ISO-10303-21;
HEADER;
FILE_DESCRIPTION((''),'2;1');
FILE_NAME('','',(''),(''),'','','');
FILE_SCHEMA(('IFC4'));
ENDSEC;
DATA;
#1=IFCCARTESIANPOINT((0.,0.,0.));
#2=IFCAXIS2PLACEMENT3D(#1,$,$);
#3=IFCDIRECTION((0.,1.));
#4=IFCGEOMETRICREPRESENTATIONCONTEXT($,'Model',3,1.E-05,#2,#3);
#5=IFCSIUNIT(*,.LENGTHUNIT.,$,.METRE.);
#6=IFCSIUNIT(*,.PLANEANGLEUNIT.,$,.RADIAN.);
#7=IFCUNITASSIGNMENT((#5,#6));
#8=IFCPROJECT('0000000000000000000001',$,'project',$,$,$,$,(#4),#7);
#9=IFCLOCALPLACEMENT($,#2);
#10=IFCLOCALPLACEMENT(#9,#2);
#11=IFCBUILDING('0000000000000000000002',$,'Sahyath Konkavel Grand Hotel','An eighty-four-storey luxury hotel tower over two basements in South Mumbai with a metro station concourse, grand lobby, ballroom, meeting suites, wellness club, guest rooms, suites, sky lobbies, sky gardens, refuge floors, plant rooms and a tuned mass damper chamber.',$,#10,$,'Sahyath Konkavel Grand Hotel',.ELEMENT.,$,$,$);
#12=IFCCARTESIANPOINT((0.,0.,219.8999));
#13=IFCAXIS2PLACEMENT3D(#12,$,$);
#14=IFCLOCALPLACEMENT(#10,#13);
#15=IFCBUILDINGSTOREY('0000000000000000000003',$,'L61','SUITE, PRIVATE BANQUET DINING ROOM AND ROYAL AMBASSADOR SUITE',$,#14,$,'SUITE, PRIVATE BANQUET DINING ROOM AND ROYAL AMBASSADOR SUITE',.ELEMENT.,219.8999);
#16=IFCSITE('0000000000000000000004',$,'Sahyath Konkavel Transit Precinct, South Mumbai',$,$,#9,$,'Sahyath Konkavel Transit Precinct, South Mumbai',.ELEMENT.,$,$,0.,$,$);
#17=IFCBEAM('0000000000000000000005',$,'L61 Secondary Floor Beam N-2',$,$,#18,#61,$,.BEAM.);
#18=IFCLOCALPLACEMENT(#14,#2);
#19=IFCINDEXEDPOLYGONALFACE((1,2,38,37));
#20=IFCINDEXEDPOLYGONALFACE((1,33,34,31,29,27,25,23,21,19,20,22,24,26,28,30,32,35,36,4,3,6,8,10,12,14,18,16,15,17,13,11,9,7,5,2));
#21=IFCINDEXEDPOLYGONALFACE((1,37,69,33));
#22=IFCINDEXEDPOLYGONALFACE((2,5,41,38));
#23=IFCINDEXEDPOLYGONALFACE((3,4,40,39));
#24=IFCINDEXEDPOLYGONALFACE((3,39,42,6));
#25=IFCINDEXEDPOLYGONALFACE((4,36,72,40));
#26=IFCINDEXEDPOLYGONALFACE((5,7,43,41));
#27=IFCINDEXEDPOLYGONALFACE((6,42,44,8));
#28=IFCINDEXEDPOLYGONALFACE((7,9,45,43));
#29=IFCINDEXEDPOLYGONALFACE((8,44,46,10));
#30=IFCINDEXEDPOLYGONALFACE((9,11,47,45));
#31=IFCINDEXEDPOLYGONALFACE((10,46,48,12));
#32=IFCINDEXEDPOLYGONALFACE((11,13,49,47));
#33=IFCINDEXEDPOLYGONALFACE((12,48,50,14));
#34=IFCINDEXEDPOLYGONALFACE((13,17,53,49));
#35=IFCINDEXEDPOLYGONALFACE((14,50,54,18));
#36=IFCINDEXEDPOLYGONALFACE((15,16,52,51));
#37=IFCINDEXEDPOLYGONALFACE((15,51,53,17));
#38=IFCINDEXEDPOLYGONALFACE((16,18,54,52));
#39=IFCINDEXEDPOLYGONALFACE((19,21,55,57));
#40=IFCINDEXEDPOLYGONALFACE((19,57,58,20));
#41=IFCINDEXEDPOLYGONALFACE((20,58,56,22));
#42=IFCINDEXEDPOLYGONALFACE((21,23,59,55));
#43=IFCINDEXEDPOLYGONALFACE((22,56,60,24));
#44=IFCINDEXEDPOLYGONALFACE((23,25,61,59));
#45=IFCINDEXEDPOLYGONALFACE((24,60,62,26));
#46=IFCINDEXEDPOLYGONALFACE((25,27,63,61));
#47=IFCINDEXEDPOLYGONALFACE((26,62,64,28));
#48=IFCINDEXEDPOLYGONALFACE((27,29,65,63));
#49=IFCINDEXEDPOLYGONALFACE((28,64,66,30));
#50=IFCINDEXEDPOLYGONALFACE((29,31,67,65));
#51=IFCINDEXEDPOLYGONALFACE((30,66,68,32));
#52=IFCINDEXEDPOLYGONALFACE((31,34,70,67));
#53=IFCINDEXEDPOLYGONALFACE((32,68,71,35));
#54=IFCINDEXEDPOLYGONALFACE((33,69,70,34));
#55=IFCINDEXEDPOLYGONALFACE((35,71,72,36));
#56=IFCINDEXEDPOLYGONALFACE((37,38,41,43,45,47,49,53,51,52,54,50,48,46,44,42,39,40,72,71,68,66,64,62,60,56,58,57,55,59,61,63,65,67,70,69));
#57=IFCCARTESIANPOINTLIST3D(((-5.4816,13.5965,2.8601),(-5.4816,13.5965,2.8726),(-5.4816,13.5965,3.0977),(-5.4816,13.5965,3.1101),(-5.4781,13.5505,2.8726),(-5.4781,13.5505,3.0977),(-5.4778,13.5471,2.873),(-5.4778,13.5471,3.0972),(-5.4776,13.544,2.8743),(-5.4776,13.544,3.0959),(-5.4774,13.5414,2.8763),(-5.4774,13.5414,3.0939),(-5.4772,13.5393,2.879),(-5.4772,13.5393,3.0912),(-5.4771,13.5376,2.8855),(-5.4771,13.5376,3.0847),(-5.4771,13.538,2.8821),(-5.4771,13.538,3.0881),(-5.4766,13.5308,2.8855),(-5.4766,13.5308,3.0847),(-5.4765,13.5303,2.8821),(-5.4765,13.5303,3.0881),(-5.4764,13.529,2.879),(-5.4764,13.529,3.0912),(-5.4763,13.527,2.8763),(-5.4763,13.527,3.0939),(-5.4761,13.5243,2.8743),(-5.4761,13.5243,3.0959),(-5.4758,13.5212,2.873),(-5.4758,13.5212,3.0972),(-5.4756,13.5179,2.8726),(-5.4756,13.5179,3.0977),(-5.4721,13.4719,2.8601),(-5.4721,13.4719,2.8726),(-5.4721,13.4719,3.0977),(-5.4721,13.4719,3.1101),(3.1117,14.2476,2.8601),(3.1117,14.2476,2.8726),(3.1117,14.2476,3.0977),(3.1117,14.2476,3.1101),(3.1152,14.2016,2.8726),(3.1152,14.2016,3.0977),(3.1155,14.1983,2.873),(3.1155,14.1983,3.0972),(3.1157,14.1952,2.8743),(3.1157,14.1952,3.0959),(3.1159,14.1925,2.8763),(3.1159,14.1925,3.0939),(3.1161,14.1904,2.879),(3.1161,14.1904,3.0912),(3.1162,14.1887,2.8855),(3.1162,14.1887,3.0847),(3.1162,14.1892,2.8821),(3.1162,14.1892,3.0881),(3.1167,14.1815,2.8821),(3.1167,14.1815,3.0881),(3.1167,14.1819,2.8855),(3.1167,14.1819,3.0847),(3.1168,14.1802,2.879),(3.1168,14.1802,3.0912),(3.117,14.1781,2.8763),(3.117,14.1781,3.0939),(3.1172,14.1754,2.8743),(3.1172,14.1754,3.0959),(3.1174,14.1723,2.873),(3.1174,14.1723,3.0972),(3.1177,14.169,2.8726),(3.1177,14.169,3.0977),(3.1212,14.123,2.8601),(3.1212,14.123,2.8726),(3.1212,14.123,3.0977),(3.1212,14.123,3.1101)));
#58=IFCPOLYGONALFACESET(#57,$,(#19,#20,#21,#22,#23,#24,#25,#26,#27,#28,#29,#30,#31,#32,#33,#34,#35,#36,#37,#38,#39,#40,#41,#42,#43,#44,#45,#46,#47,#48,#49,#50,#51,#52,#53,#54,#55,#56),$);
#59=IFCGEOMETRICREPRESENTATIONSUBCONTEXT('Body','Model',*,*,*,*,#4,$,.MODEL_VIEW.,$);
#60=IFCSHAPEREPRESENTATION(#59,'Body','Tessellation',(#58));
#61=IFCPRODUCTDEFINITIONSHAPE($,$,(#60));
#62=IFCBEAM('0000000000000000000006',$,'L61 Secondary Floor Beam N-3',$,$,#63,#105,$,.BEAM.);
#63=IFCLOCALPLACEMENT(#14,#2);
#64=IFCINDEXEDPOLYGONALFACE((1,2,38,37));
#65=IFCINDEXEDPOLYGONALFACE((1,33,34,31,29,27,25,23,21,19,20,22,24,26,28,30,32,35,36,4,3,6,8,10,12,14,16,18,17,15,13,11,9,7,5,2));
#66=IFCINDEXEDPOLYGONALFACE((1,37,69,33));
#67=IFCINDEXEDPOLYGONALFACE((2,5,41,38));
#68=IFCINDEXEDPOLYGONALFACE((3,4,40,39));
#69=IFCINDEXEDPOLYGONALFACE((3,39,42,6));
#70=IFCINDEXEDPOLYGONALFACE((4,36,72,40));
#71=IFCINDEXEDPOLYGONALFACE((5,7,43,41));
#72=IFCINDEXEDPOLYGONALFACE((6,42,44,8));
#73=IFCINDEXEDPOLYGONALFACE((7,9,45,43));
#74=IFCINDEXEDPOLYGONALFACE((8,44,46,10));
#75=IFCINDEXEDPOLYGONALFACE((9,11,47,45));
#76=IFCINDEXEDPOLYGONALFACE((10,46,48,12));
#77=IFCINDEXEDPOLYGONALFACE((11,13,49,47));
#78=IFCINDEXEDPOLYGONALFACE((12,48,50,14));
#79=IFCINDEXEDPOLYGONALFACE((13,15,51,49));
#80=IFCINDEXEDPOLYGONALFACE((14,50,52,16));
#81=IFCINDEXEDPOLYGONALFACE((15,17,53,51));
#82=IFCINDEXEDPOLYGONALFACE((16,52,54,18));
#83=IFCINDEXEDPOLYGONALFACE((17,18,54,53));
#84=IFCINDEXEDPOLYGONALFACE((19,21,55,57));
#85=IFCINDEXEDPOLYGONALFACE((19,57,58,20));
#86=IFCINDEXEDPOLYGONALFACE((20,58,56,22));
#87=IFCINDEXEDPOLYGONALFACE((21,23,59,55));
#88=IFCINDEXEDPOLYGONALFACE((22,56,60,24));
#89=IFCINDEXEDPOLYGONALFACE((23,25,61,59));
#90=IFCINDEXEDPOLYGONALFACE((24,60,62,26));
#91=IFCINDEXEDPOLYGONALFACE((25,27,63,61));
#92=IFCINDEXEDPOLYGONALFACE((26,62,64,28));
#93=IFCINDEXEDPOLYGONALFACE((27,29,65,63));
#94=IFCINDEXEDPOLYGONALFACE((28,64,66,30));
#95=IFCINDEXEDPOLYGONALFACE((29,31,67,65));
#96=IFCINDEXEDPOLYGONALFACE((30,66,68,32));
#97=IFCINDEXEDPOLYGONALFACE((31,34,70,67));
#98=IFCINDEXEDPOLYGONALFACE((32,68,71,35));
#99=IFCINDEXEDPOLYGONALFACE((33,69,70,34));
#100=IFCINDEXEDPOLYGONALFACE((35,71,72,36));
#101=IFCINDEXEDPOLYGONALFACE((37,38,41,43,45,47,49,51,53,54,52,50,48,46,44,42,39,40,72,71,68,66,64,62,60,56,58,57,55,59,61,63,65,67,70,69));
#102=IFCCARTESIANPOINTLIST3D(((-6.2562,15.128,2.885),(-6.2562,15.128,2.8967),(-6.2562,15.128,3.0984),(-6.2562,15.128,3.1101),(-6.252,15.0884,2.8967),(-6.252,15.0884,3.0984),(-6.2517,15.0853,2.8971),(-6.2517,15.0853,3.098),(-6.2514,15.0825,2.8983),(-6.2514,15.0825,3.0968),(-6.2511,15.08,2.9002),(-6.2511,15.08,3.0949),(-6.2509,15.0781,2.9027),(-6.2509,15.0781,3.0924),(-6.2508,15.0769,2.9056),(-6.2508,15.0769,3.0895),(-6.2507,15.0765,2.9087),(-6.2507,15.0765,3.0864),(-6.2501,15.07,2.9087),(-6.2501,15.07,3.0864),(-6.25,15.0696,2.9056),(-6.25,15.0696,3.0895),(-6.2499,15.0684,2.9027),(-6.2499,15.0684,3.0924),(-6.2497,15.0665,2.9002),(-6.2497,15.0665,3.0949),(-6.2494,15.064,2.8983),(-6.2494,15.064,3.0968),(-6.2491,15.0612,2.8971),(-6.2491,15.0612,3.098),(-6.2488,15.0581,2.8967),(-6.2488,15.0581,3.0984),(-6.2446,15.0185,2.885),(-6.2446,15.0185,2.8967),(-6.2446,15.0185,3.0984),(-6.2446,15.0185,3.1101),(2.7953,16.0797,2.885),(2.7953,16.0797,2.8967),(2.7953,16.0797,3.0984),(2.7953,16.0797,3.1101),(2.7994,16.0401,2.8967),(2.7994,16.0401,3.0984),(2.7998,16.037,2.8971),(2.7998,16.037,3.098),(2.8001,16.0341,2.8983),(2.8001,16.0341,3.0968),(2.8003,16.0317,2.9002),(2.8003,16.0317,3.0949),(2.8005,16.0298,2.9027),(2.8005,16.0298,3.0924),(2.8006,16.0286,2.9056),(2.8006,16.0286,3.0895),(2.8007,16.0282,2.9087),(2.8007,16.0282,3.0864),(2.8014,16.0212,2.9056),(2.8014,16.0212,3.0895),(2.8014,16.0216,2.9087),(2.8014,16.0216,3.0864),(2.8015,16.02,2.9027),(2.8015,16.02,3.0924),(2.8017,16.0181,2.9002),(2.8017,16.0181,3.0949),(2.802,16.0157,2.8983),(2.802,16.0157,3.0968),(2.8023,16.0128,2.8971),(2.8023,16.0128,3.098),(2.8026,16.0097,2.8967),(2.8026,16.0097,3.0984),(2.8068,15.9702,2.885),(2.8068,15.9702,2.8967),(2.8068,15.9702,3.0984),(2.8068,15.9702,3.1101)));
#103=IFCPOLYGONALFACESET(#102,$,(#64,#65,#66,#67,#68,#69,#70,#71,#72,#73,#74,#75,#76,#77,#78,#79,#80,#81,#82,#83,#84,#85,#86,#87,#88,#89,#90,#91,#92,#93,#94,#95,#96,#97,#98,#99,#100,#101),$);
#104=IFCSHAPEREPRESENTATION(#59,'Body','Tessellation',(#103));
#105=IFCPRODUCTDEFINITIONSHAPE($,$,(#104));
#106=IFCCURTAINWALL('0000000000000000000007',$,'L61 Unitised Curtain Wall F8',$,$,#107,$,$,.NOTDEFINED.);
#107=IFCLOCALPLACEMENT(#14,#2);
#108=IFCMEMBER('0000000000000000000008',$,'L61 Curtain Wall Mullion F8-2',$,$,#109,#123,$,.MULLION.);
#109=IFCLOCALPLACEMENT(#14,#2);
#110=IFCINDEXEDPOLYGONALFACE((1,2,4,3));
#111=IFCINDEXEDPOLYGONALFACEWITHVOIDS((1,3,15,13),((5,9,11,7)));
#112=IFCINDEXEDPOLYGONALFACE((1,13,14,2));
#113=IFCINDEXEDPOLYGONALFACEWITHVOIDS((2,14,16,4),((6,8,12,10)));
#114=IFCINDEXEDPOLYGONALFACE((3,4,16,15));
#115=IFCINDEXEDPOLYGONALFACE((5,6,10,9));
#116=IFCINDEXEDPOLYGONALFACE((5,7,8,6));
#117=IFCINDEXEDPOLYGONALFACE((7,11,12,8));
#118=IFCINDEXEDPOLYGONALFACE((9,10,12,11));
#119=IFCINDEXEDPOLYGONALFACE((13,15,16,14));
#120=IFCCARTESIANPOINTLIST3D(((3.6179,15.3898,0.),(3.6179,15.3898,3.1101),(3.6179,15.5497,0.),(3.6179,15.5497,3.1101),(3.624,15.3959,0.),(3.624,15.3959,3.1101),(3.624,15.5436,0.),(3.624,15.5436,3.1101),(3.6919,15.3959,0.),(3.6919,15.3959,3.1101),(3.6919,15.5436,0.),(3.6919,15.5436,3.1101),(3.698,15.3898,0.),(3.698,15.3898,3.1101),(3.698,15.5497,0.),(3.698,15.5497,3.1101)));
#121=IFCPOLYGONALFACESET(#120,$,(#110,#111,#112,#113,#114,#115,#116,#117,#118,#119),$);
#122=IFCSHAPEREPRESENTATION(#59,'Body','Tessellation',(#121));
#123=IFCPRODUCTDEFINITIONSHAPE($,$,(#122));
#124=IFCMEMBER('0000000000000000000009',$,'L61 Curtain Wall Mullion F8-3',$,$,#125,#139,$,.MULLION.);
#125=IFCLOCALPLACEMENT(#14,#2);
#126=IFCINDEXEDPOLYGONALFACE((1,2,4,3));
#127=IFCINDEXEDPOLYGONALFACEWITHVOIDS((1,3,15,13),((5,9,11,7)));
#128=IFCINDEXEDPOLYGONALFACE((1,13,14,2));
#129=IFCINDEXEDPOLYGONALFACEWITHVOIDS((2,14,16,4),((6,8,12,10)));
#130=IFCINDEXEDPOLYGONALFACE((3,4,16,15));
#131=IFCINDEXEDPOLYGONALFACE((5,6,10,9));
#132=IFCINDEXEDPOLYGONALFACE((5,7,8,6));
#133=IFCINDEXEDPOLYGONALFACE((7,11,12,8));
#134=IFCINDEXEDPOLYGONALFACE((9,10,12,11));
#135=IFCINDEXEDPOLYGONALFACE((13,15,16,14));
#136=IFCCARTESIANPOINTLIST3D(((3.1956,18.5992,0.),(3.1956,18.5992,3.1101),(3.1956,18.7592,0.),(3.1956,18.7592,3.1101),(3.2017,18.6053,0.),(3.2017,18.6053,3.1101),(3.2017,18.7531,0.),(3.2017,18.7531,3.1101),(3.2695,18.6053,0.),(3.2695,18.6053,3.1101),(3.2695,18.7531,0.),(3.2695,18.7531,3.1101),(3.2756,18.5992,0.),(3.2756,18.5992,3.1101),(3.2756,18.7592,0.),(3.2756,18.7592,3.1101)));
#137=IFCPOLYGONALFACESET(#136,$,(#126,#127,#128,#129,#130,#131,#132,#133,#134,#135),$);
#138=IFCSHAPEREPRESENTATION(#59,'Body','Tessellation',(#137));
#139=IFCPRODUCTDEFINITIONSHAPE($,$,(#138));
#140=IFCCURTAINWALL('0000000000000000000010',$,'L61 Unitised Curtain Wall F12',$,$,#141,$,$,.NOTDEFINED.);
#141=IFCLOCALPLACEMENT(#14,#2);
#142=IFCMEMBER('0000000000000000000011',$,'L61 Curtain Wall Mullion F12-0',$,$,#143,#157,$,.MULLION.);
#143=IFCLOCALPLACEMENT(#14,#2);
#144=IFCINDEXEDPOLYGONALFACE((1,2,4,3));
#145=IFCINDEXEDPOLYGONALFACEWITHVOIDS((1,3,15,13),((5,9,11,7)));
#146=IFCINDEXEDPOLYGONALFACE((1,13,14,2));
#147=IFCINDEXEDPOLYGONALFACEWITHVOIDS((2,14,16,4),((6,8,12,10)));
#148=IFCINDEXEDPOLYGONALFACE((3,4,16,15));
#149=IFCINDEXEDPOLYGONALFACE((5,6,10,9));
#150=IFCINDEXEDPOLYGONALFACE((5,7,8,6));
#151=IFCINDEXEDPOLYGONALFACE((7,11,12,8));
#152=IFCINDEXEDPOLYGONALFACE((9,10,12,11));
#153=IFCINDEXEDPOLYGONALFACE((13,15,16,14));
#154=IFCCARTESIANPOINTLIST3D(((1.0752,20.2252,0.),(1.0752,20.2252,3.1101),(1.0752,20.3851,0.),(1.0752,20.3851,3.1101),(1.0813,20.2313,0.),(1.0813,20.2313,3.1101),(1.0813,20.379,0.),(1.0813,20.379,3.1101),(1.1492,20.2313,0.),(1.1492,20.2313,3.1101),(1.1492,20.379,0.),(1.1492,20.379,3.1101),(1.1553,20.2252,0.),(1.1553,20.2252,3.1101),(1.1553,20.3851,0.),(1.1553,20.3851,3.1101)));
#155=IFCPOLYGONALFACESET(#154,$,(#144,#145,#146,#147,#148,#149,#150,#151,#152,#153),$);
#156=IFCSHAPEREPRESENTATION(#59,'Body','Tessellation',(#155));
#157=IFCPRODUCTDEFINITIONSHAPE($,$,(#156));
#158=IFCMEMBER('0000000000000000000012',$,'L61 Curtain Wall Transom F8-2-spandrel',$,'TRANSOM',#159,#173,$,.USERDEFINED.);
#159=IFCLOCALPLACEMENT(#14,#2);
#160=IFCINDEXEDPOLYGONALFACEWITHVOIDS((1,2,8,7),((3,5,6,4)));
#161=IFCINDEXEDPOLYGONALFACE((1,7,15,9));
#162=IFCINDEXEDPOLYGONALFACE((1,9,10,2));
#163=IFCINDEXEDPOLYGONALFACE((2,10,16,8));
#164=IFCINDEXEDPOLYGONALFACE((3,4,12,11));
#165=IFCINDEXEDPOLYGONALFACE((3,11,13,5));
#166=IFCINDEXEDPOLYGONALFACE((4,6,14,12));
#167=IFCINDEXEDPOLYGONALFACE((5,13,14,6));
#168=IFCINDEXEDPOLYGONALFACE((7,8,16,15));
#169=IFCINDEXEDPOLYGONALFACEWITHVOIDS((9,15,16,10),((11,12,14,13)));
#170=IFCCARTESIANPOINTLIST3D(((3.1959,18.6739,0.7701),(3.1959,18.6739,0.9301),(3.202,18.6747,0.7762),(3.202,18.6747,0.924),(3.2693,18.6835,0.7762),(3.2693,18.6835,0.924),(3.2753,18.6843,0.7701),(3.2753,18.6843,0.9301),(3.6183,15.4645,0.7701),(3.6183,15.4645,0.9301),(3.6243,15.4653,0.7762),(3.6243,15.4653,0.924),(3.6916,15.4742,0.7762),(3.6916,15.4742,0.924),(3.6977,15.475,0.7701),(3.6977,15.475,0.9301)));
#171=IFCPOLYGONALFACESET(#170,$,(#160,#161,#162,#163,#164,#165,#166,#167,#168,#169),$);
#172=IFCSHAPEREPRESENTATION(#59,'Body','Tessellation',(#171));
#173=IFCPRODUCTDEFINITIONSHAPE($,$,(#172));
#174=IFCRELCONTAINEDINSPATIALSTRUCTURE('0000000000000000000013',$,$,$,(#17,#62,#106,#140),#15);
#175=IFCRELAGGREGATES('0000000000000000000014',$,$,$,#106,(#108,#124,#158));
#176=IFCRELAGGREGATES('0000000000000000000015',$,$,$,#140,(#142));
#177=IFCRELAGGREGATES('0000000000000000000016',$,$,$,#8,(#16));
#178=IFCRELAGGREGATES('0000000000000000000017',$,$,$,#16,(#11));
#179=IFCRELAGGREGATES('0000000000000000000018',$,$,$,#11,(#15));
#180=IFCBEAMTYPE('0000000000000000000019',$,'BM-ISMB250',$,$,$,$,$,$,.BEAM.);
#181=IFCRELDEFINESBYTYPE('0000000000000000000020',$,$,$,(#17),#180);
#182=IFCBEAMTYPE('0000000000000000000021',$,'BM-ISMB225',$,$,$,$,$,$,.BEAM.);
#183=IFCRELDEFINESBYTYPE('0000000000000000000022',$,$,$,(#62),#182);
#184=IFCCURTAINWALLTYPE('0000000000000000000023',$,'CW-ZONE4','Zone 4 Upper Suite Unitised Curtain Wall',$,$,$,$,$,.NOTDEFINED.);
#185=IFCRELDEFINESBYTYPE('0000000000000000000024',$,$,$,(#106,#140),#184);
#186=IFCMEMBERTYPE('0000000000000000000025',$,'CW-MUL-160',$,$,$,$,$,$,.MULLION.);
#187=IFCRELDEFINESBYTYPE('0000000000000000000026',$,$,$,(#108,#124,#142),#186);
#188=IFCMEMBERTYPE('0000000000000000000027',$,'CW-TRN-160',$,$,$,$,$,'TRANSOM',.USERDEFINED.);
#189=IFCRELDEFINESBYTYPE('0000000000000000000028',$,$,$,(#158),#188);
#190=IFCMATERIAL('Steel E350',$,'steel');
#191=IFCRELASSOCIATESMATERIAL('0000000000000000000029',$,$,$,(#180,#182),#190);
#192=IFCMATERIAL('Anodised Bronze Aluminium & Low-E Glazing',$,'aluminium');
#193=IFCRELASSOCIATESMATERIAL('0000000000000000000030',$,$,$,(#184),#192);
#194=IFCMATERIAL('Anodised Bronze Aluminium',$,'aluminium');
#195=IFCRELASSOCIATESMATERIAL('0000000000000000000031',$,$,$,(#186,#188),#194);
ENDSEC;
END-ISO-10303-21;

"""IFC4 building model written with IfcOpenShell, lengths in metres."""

from ifc_helpers import new_model, si_unit, direction, frame, origin, origin_2d, place, context, subcontext, project, spatial, hollow_rectangle, i_section, extrude, source, transform, mapped, material, material_profile, profile_set, type_object, element, aggregate, save


model = new_model("IFC4")

# Units and contexts
model_context = context("Model", 3, precision=1e-05, world=origin(), true_north=direction((0.0, 1.0)))
body_context = subcontext(model_context, "Body", "Model", "MODEL_VIEW")
ifc_project = project(units=[si_unit("LENGTHUNIT", "METRE"), si_unit("PLANEANGLEUNIT", "RADIAN")], contexts=[model_context])

# Site, building, storey
site_placement = place(None, origin())
site = spatial("IfcSite", under=ifc_project, at=site_placement, Name="Sahyath Konkavel Transit Precinct, South Mumbai", LongName="Sahyath Konkavel Transit Precinct, South Mumbai", CompositionType="ELEMENT", RefElevation=0.0)
building_placement = place(site_placement, origin())
building = spatial("IfcBuilding", under=site, at=building_placement, Name="Sahyath Konkavel Grand Hotel", Description="An eighty-four-storey luxury hotel tower over two basements in South Mumbai with a metro station concourse, grand lobby, ballroom, meeting suites, wellness club, guest rooms, suites, sky lobbies, sky gardens, refuge floors, plant rooms and a tuned mass damper chamber.", LongName="Sahyath Konkavel Grand Hotel", CompositionType="ELEMENT")
storey_placement = place(building_placement, frame((0.0, 0.0, 219.8999)))
storey = spatial("IfcBuildingStorey", under=building, at=storey_placement, Name="L61", Description="SUITE, PRIVATE BANQUET DINING ROOM AND ROYAL AMBASSADOR SUITE", LongName="SUITE, PRIVATE BANQUET DINING ROOM AND ROYAL AMBASSADOR SUITE", CompositionType="ELEMENT", Elevation=219.8999)

# Beams
ifc_material_1 = material(Name="Steel E350", Category="steel")
ifc_material_profile_1 = material_profile(ifc_material_1, i_section(OverallWidth=0.125, OverallDepth=0.25, WebThickness=0.0068, FlangeThickness=0.0125, FilletRadius=0.0129, at=origin_2d()), Name="ISMB 250")
ifc_profile_set_1 = profile_set([ifc_material_profile_1], Name="Steel E350")
beam_type_1 = type_object("IfcBeamType", Name="BM-ISMB250", PredefinedType="BEAM", material=ifc_profile_set_1)
shared_shape_1 = source(origin(), body_context, "Body", "SweptSolid", [
    extrude(i_section(OverallWidth=0.125, OverallDepth=0.25, WebThickness=0.0068, FlangeThickness=0.0125, FilletRadius=0.0129, at=origin_2d()), origin(), (0.0, 0.0, 1.0), 8.6179),
])
beam_1_placement = place(storey_placement, frame((3.1165, 14.1853, 2.9851), z_axis=(-0.997142, -0.075555, 0.0), x_axis=(0.075555, -0.997142, 0.0)))
element("IfcBeam", 1, at=beam_1_placement, inside=storey, type_object=beam_type_1, Name="L61 Secondary Floor Beam N-2", PredefinedType="BEAM", context=body_context, shape_type="MappedRepresentation", body=[
    mapped(shared_shape_1, transform((0.0, 0.0, 0.0), scale=1.0)),
])
ifc_material_profile_2 = material_profile(ifc_material_1, i_section(OverallWidth=0.1101, OverallDepth=0.2251, WebThickness=0.0066, FlangeThickness=0.0117, FilletRadius=0.012, at=origin_2d()), Name="ISMB 225")
ifc_profile_set_2 = profile_set([ifc_material_profile_2], Name="Steel E350")
beam_type_2 = type_object("IfcBeamType", Name="BM-ISMB225", PredefinedType="BEAM", material=ifc_profile_set_2)
shared_shape_2 = source(origin(), body_context, "Body", "SweptSolid", [
    extrude(i_section(OverallWidth=0.1101, OverallDepth=0.2251, WebThickness=0.0066, FlangeThickness=0.0117, FilletRadius=0.012, at=origin_2d()), origin(), (0.0, 0.0, 1.0), 9.1013),
])
beam_2_placement = place(storey_placement, frame((2.801, 16.0249, 2.9976), z_axis=(-0.994518, -0.104562, 0.0), x_axis=(0.104562, -0.994518, 0.0)))
element("IfcBeam", 2, at=beam_2_placement, inside=storey, type_object=beam_type_2, Name="L61 Secondary Floor Beam N-3", PredefinedType="BEAM", context=body_context, shape_type="MappedRepresentation", body=[
    mapped(shared_shape_2, transform((0.0, 0.0, 0.0), scale=1.0)),
])

# Curtain wall, members
ifc_material_2 = material(Name="Anodised Bronze Aluminium & Low-E Glazing", Category="aluminium")
curtain_wall_type = type_object("IfcCurtainWallType", Name="CW-ZONE4", Description="Zone 4 Upper Suite Unitised Curtain Wall", PredefinedType="NOTDEFINED", material=ifc_material_2)
curtain_wall_1_placement = place(storey_placement, origin())
curtain_wall_1 = element("IfcCurtainWall", 3, at=curtain_wall_1_placement, inside=storey, type_object=curtain_wall_type, Name="L61 Unitised Curtain Wall F8", PredefinedType="NOTDEFINED")
ifc_material_3 = material(Name="Anodised Bronze Aluminium", Category="aluminium")
ifc_material_profile_3 = material_profile(ifc_material_3, hollow_rectangle(XDim=0.0801, YDim=0.1599, WallThickness=0.0061, at=origin_2d()), Name="RHS 160x80x6")
ifc_profile_set_3 = profile_set([ifc_material_profile_3], Name="Anodised Bronze Aluminium")
member_type_1 = type_object("IfcMemberType", Name="CW-MUL-160", PredefinedType="MULLION", material=ifc_profile_set_3)
shared_shape_3 = source(origin(), body_context, "Body", "SweptSolid", [
    extrude(hollow_rectangle(XDim=0.0801, YDim=0.1599, WallThickness=0.0061, at=origin_2d()), origin(), (0.0, 0.0, 1.0), 3.1101),
])
member_1_placement = place(storey_placement, frame((3.658, 15.4697, 0.0), z_axis=(0.0, 0.0, 1.0), x_axis=(1.0, 0.0, 0.0)))
member_1 = element("IfcMember", 4, at=member_1_placement, type_object=member_type_1, Name="L61 Curtain Wall Mullion F8-2", PredefinedType="MULLION", context=body_context, shape_type="MappedRepresentation", body=[
    mapped(shared_shape_3, transform((0.0, 0.0, 0.0), scale=1.0)),
])
member_2_placement = place(storey_placement, frame((3.2356, 18.6792, 0.0), z_axis=(0.0, 0.0, 1.0), x_axis=(1.0, 0.0, 0.0)))
member_2 = element("IfcMember", 5, at=member_2_placement, type_object=member_type_1, Name="L61 Curtain Wall Mullion F8-3", PredefinedType="MULLION", context=body_context, shape_type="MappedRepresentation", body=[
    mapped(shared_shape_3, transform((0.0, 0.0, 0.0), scale=1.0)),
])

# Curtain wall, member
curtain_wall_2_placement = place(storey_placement, origin())
curtain_wall_2 = element("IfcCurtainWall", 6, at=curtain_wall_2_placement, inside=storey, type_object=curtain_wall_type, Name="L61 Unitised Curtain Wall F12", PredefinedType="NOTDEFINED")
member_3_placement = place(storey_placement, frame((1.1152, 20.3052, 0.0), z_axis=(0.0, 0.0, 1.0), x_axis=(1.0, 0.0, 0.0)))
member_3 = element("IfcMember", 7, at=member_3_placement, type_object=member_type_1, Name="L61 Curtain Wall Mullion F12-0", PredefinedType="MULLION", context=body_context, shape_type="MappedRepresentation", body=[
    mapped(shared_shape_3, transform((0.0, 0.0, 0.0), scale=1.0)),
])

# Member
ifc_material_profile_4 = material_profile(ifc_material_3, hollow_rectangle(XDim=0.0801, YDim=0.1599, WallThickness=0.0061, at=origin_2d()), Name="RHS 160x80x6")
ifc_profile_set_4 = profile_set([ifc_material_profile_4], Name="Anodised Bronze Aluminium")
member_type_2 = type_object("IfcMemberType", Name="CW-TRN-160", ElementType="TRANSOM", PredefinedType="USERDEFINED", material=ifc_profile_set_4)
shared_shape_4 = source(origin(), body_context, "Body", "SweptSolid", [
    extrude(hollow_rectangle(XDim=0.0801, YDim=0.1599, WallThickness=0.0061, at=origin_2d()), origin(), (0.0, 0.0, 1.0), 3.2371),
])
member_4_placement = place(storey_placement, frame((3.658, 15.4697, 0.8501), z_axis=(-0.130474, 0.991452, 0.0), x_axis=(-0.991452, -0.130474, 0.0)))
member_4 = element("IfcMember", 8, at=member_4_placement, type_object=member_type_2, Name="L61 Curtain Wall Transom F8-2-spandrel", ObjectType="TRANSOM", PredefinedType="USERDEFINED", context=body_context, shape_type="MappedRepresentation", body=[
    mapped(shared_shape_4, transform((0.0, 0.0, 0.0), scale=1.0)),
])

aggregate(curtain_wall_1, [member_1, member_2, member_4])
aggregate(curtain_wall_2, [member_3])

save(model, "model.ifc")
